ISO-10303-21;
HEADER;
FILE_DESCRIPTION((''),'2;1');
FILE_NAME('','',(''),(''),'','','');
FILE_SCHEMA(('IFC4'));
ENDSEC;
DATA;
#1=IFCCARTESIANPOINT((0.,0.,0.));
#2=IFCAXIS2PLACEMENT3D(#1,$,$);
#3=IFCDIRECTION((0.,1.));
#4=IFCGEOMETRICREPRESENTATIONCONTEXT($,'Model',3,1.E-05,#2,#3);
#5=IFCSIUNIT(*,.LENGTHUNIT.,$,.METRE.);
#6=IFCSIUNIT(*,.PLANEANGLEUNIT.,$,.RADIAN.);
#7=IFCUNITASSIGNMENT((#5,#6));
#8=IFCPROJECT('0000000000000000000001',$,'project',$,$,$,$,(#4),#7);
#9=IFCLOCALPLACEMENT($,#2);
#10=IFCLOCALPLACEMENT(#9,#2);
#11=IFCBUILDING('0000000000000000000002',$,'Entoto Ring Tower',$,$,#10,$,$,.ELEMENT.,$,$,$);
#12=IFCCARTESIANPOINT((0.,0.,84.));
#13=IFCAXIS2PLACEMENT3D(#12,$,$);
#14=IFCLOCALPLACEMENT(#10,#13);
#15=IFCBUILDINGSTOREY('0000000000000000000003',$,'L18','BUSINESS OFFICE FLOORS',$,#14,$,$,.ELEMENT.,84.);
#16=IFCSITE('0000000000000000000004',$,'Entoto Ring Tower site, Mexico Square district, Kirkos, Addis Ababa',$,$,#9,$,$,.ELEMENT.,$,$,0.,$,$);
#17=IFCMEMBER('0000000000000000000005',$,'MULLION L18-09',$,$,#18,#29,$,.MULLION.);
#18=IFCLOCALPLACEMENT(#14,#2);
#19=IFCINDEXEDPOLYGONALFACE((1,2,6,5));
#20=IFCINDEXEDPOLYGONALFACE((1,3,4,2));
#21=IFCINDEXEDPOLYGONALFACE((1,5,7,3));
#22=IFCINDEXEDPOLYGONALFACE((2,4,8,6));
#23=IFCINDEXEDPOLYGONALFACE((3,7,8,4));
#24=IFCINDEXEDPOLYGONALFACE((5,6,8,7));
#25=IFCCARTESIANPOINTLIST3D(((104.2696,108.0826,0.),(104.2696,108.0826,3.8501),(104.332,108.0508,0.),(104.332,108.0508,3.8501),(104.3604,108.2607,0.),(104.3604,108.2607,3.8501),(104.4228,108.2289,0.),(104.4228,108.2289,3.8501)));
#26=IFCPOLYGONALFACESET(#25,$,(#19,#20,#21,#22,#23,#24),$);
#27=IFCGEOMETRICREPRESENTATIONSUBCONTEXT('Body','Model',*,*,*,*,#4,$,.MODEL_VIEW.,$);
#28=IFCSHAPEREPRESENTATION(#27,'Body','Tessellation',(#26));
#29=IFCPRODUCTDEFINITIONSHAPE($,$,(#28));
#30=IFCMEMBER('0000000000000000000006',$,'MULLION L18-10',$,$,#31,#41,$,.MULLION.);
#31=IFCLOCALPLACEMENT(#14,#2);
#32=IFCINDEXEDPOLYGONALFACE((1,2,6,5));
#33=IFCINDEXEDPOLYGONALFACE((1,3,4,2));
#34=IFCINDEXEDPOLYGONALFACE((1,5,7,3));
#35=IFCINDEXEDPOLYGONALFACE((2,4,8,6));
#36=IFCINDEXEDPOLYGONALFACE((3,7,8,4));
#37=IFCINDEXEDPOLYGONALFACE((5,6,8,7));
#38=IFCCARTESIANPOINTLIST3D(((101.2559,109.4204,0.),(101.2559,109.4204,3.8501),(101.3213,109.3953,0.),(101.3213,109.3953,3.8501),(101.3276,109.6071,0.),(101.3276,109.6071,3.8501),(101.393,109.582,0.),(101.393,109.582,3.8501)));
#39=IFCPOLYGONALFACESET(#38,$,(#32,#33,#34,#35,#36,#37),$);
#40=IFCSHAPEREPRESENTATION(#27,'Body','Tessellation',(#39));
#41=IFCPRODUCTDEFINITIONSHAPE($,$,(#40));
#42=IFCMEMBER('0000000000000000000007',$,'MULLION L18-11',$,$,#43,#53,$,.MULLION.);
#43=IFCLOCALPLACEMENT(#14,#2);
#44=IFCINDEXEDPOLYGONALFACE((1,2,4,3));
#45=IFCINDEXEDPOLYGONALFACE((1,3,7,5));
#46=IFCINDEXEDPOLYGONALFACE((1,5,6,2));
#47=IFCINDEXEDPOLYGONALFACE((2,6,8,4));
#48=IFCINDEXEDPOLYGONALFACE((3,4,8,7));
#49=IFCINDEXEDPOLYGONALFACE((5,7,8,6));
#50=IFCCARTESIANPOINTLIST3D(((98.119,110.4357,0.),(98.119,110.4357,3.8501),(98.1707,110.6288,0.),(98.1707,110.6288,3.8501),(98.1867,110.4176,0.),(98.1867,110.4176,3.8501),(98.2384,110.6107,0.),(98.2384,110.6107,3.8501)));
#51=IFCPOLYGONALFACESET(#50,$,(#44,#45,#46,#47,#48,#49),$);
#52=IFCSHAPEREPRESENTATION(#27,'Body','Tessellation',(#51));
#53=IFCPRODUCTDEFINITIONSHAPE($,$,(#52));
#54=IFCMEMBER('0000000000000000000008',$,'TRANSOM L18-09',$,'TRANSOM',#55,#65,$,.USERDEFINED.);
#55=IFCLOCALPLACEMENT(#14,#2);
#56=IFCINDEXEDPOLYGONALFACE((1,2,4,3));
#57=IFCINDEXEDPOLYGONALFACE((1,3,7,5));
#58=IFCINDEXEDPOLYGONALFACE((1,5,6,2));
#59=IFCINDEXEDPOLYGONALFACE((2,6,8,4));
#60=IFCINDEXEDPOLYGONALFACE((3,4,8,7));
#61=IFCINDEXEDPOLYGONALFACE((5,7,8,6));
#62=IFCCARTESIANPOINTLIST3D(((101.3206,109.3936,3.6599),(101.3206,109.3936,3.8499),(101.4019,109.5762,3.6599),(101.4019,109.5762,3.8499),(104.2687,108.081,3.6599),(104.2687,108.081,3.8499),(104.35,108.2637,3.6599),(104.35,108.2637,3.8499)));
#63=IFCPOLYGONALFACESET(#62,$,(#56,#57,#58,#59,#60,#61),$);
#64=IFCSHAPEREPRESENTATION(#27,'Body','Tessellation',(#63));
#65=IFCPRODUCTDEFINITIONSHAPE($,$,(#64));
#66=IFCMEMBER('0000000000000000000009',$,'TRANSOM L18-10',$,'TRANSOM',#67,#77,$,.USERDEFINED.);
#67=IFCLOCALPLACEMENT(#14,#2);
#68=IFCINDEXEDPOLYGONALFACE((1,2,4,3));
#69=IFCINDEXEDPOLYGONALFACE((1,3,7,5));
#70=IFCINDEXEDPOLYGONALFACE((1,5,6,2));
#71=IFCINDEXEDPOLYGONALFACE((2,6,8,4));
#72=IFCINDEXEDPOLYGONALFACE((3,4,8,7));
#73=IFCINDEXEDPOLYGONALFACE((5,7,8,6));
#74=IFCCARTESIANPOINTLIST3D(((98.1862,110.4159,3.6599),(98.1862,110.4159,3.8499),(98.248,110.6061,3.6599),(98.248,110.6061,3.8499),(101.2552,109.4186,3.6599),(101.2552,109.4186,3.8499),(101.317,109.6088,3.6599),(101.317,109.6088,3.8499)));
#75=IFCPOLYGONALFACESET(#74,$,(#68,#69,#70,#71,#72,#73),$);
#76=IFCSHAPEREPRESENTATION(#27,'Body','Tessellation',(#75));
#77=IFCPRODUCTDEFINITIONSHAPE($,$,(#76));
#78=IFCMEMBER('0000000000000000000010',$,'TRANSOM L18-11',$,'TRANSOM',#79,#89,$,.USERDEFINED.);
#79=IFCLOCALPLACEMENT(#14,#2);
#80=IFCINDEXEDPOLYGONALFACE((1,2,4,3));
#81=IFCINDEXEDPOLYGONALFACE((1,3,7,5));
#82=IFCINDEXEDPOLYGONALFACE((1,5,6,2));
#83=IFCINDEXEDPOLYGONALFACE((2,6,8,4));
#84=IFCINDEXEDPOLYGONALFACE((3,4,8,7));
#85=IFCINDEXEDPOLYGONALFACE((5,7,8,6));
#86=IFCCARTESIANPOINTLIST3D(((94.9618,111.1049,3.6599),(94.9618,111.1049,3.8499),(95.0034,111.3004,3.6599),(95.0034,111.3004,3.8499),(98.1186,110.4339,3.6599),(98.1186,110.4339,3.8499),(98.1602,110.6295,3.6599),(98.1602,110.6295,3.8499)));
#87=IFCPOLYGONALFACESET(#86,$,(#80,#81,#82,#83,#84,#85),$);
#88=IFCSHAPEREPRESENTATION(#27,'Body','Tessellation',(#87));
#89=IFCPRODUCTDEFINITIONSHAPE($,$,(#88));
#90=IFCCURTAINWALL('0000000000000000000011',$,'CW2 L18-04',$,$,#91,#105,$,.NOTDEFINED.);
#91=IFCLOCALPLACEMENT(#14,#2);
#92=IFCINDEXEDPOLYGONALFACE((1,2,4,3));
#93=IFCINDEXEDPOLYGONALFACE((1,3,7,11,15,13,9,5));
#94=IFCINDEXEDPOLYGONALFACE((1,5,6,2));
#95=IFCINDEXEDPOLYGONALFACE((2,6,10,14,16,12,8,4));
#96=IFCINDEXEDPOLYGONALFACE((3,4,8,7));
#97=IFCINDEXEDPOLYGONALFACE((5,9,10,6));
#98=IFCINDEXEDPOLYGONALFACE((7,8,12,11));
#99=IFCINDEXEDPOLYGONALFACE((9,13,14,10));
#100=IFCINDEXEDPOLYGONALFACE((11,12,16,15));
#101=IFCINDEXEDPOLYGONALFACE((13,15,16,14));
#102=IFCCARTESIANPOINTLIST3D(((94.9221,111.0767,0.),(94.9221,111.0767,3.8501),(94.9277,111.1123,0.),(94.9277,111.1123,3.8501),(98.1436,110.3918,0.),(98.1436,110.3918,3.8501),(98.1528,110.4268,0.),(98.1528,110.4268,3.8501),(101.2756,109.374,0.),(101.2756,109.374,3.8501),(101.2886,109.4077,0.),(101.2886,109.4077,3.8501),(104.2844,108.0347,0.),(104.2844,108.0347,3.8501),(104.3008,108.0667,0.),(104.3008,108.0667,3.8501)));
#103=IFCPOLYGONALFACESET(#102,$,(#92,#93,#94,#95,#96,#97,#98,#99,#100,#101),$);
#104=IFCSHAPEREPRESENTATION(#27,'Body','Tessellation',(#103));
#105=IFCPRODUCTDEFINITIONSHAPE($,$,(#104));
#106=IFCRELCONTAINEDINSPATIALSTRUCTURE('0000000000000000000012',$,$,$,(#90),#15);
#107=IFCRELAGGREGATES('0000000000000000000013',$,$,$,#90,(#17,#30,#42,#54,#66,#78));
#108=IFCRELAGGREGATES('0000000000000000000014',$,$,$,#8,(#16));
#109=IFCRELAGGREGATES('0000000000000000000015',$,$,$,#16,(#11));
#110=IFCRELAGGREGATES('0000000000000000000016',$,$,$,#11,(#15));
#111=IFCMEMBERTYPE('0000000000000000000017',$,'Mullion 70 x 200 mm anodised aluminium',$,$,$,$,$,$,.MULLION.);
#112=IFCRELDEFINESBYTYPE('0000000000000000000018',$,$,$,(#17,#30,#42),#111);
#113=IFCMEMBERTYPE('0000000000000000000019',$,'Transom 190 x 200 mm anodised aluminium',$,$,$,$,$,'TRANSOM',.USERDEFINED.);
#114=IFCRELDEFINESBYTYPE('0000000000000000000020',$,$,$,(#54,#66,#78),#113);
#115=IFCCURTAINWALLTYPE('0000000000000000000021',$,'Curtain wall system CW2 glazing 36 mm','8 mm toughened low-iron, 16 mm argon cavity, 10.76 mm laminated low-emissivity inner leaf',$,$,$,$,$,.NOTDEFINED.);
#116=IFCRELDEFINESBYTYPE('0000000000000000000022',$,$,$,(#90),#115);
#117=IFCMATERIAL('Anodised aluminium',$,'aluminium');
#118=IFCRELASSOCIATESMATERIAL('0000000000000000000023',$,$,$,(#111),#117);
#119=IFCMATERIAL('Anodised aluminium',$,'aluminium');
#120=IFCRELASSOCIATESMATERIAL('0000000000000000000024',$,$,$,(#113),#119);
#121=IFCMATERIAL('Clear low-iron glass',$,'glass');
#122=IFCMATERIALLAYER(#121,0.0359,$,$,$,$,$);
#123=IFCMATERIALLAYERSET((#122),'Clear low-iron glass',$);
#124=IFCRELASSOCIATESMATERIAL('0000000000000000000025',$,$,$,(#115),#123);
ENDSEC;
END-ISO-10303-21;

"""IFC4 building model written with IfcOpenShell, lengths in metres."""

from ifc_helpers import new_model, si_unit, direction, frame, origin, origin_2d, place, context, subcontext, project, spatial, polyline, rectangle, outline, extrude, material, layer, layer_set, material_profile, profile_set, type_object, element, aggregate, save


model = new_model("IFC4")

# Units and contexts
model_context = context("Model", 3, precision=1e-05, world=origin(), true_north=direction((0.0, 1.0)))
body_context = subcontext(model_context, "Body", "Model", "MODEL_VIEW")
ifc_project = project(units=[si_unit("LENGTHUNIT", "METRE"), si_unit("PLANEANGLEUNIT", "RADIAN")], contexts=[model_context])

# Members
ifc_material_1 = material(Name="Anodised aluminium", Category="aluminium")
ifc_material_profile_1 = material_profile(ifc_material_1, rectangle(XDim=0.0701, YDim=0.2, at=origin_2d()), Name="Mullion 70 x 200 mm anodised aluminium")
ifc_profile_set_1 = profile_set([ifc_material_profile_1], Name="Anodised aluminium")
member_type_1 = type_object("IfcMemberType", Name="Mullion 70 x 200 mm anodised aluminium", PredefinedType="MULLION", material=ifc_profile_set_1)
site_placement = place(None, origin())
building_placement = place(site_placement, origin())
storey_placement = place(building_placement, frame((0.0, 0.0, 84.0)))
member_1_placement = place(storey_placement, frame((104.3462, 108.1558, 0.0), z_axis=(0.0, 0.0, 1.0), x_axis=(-0.891007, 0.45399, 0.0)))
member_1 = element("IfcMember", 1, at=member_1_placement, type_object=member_type_1, Name="MULLION L18-09", PredefinedType="MULLION", context=body_context, shape_type="SweptSolid", body=[
    extrude(rectangle(XDim=0.0701, YDim=0.2, at=origin_2d()), origin(), (0.0, 0.0, 1.0), 3.8501),
])
member_2_placement = place(storey_placement, frame((101.3245, 109.5012, 0.0), z_axis=(0.0, 0.0, 1.0), x_axis=(-0.93358, 0.358368, 0.0)))
member_2 = element("IfcMember", 2, at=member_2_placement, type_object=member_type_1, Name="MULLION L18-10", PredefinedType="MULLION", context=body_context, shape_type="SweptSolid", body=[
    extrude(rectangle(XDim=0.0701, YDim=0.2, at=origin_2d()), origin(), (0.0, 0.0, 1.0), 3.8501),
])
member_3_placement = place(storey_placement, frame((98.1787, 110.5232, 0.0), z_axis=(0.0, 0.0, 1.0), x_axis=(-0.965926, 0.258819, 0.0)))
member_3 = element("IfcMember", 3, at=member_3_placement, type_object=member_type_1, Name="MULLION L18-11", PredefinedType="MULLION", context=body_context, shape_type="SweptSolid", body=[
    extrude(rectangle(XDim=0.0701, YDim=0.2, at=origin_2d()), origin(), (0.0, 0.0, 1.0), 3.8501),
])
ifc_material_2 = material(Name="Anodised aluminium", Category="aluminium")
ifc_material_profile_2 = material_profile(ifc_material_2, rectangle(XDim=0.2, YDim=0.1899, at=origin_2d()), Name="Transom 190 x 200 mm anodised aluminium")
ifc_profile_set_2 = profile_set([ifc_material_profile_2], Name="Anodised aluminium")
member_type_2 = type_object("IfcMemberType", Name="Transom 190 x 200 mm anodised aluminium", ElementType="TRANSOM", PredefinedType="USERDEFINED", material=ifc_profile_set_2)
member_4_placement = place(storey_placement, frame((104.3093, 108.1724, 3.7549), z_axis=(-0.913549, 0.406728, 0.0), x_axis=(-0.406728, -0.913549, 0.0)))
member_4 = element("IfcMember", 4, at=member_4_placement, type_object=member_type_2, Name="TRANSOM L18-09", ObjectType="TRANSOM", PredefinedType="USERDEFINED", context=body_context, shape_type="SweptSolid", body=[
    extrude(rectangle(XDim=0.2, YDim=0.1899, at=origin_2d()), origin(), (0.0, 0.0, 1.0), 3.2271),
])
member_5_placement = place(storey_placement, frame((101.2861, 109.5137, 3.7549), z_axis=(-0.951047, 0.309047, 0.0), x_axis=(-0.309047, -0.951047, 0.0)))
member_5 = element("IfcMember", 5, at=member_5_placement, type_object=member_type_2, Name="TRANSOM L18-10", ObjectType="TRANSOM", PredefinedType="USERDEFINED", context=body_context, shape_type="SweptSolid", body=[
    extrude(rectangle(XDim=0.2, YDim=0.1899, at=origin_2d()), origin(), (0.0, 0.0, 1.0), 3.2271),
])
member_6_placement = place(storey_placement, frame((98.1394, 110.5317, 3.7549), z_axis=(-0.978153, 0.207886, 0.0), x_axis=(-0.207886, -0.978153, 0.0)))
member_6 = element("IfcMember", 6, at=member_6_placement, type_object=member_type_2, Name="TRANSOM L18-11", ObjectType="TRANSOM", PredefinedType="USERDEFINED", context=body_context, shape_type="SweptSolid", body=[
    extrude(rectangle(XDim=0.2, YDim=0.1899, at=origin_2d()), origin(), (0.0, 0.0, 1.0), 3.2273),
])

# Site, building, storey
site = spatial("IfcSite", under=ifc_project, at=site_placement, Name="Entoto Ring Tower site, Mexico Square district, Kirkos, Addis Ababa", CompositionType="ELEMENT", RefElevation=0.0)
building = spatial("IfcBuilding", under=site, at=building_placement, Name="Entoto Ring Tower", CompositionType="ELEMENT")
storey = spatial("IfcBuildingStorey", under=building, at=storey_placement, Name="L18", Description="BUSINESS OFFICE FLOORS", CompositionType="ELEMENT", Elevation=84.0)

# Curtain wall
ifc_material_3 = material(Name="Clear low-iron glass", Category="glass")
ifc_layer = layer(ifc_material_3, 0.0359)
ifc_layer_set = layer_set([ifc_layer], Name="Clear low-iron glass")
curtain_wall_type = type_object("IfcCurtainWallType", Name="Curtain wall system CW2 glazing 36 mm", Description="8 mm toughened low-iron, 16 mm argon cavity, 10.76 mm laminated low-emissivity inner leaf", PredefinedType="NOTDEFINED", material=ifc_layer_set)
curtain_wall_1_placement = place(storey_placement, origin())
curtain_wall_1 = element("IfcCurtainWall", 7, at=curtain_wall_1_placement, inside=storey, type_object=curtain_wall_type, Name="CW2 L18-04", PredefinedType="NOTDEFINED", context=body_context, shape_type="SweptSolid", body=[
    extrude(outline(polyline([(104.3008, 108.0667), (101.2886, 109.4077), (98.1528, 110.4268), (94.9277, 111.1123), (94.9221, 111.0767), (98.1436, 110.3918), (101.2756, 109.374), (104.2844, 108.0347), (104.3008, 108.0667)])), origin(), (0.0, 0.0, 1.0), 3.8501),
])
aggregate(curtain_wall_1, [member_1, member_2, member_3, member_4, member_5, member_6])

save(model, "model.ifc")
